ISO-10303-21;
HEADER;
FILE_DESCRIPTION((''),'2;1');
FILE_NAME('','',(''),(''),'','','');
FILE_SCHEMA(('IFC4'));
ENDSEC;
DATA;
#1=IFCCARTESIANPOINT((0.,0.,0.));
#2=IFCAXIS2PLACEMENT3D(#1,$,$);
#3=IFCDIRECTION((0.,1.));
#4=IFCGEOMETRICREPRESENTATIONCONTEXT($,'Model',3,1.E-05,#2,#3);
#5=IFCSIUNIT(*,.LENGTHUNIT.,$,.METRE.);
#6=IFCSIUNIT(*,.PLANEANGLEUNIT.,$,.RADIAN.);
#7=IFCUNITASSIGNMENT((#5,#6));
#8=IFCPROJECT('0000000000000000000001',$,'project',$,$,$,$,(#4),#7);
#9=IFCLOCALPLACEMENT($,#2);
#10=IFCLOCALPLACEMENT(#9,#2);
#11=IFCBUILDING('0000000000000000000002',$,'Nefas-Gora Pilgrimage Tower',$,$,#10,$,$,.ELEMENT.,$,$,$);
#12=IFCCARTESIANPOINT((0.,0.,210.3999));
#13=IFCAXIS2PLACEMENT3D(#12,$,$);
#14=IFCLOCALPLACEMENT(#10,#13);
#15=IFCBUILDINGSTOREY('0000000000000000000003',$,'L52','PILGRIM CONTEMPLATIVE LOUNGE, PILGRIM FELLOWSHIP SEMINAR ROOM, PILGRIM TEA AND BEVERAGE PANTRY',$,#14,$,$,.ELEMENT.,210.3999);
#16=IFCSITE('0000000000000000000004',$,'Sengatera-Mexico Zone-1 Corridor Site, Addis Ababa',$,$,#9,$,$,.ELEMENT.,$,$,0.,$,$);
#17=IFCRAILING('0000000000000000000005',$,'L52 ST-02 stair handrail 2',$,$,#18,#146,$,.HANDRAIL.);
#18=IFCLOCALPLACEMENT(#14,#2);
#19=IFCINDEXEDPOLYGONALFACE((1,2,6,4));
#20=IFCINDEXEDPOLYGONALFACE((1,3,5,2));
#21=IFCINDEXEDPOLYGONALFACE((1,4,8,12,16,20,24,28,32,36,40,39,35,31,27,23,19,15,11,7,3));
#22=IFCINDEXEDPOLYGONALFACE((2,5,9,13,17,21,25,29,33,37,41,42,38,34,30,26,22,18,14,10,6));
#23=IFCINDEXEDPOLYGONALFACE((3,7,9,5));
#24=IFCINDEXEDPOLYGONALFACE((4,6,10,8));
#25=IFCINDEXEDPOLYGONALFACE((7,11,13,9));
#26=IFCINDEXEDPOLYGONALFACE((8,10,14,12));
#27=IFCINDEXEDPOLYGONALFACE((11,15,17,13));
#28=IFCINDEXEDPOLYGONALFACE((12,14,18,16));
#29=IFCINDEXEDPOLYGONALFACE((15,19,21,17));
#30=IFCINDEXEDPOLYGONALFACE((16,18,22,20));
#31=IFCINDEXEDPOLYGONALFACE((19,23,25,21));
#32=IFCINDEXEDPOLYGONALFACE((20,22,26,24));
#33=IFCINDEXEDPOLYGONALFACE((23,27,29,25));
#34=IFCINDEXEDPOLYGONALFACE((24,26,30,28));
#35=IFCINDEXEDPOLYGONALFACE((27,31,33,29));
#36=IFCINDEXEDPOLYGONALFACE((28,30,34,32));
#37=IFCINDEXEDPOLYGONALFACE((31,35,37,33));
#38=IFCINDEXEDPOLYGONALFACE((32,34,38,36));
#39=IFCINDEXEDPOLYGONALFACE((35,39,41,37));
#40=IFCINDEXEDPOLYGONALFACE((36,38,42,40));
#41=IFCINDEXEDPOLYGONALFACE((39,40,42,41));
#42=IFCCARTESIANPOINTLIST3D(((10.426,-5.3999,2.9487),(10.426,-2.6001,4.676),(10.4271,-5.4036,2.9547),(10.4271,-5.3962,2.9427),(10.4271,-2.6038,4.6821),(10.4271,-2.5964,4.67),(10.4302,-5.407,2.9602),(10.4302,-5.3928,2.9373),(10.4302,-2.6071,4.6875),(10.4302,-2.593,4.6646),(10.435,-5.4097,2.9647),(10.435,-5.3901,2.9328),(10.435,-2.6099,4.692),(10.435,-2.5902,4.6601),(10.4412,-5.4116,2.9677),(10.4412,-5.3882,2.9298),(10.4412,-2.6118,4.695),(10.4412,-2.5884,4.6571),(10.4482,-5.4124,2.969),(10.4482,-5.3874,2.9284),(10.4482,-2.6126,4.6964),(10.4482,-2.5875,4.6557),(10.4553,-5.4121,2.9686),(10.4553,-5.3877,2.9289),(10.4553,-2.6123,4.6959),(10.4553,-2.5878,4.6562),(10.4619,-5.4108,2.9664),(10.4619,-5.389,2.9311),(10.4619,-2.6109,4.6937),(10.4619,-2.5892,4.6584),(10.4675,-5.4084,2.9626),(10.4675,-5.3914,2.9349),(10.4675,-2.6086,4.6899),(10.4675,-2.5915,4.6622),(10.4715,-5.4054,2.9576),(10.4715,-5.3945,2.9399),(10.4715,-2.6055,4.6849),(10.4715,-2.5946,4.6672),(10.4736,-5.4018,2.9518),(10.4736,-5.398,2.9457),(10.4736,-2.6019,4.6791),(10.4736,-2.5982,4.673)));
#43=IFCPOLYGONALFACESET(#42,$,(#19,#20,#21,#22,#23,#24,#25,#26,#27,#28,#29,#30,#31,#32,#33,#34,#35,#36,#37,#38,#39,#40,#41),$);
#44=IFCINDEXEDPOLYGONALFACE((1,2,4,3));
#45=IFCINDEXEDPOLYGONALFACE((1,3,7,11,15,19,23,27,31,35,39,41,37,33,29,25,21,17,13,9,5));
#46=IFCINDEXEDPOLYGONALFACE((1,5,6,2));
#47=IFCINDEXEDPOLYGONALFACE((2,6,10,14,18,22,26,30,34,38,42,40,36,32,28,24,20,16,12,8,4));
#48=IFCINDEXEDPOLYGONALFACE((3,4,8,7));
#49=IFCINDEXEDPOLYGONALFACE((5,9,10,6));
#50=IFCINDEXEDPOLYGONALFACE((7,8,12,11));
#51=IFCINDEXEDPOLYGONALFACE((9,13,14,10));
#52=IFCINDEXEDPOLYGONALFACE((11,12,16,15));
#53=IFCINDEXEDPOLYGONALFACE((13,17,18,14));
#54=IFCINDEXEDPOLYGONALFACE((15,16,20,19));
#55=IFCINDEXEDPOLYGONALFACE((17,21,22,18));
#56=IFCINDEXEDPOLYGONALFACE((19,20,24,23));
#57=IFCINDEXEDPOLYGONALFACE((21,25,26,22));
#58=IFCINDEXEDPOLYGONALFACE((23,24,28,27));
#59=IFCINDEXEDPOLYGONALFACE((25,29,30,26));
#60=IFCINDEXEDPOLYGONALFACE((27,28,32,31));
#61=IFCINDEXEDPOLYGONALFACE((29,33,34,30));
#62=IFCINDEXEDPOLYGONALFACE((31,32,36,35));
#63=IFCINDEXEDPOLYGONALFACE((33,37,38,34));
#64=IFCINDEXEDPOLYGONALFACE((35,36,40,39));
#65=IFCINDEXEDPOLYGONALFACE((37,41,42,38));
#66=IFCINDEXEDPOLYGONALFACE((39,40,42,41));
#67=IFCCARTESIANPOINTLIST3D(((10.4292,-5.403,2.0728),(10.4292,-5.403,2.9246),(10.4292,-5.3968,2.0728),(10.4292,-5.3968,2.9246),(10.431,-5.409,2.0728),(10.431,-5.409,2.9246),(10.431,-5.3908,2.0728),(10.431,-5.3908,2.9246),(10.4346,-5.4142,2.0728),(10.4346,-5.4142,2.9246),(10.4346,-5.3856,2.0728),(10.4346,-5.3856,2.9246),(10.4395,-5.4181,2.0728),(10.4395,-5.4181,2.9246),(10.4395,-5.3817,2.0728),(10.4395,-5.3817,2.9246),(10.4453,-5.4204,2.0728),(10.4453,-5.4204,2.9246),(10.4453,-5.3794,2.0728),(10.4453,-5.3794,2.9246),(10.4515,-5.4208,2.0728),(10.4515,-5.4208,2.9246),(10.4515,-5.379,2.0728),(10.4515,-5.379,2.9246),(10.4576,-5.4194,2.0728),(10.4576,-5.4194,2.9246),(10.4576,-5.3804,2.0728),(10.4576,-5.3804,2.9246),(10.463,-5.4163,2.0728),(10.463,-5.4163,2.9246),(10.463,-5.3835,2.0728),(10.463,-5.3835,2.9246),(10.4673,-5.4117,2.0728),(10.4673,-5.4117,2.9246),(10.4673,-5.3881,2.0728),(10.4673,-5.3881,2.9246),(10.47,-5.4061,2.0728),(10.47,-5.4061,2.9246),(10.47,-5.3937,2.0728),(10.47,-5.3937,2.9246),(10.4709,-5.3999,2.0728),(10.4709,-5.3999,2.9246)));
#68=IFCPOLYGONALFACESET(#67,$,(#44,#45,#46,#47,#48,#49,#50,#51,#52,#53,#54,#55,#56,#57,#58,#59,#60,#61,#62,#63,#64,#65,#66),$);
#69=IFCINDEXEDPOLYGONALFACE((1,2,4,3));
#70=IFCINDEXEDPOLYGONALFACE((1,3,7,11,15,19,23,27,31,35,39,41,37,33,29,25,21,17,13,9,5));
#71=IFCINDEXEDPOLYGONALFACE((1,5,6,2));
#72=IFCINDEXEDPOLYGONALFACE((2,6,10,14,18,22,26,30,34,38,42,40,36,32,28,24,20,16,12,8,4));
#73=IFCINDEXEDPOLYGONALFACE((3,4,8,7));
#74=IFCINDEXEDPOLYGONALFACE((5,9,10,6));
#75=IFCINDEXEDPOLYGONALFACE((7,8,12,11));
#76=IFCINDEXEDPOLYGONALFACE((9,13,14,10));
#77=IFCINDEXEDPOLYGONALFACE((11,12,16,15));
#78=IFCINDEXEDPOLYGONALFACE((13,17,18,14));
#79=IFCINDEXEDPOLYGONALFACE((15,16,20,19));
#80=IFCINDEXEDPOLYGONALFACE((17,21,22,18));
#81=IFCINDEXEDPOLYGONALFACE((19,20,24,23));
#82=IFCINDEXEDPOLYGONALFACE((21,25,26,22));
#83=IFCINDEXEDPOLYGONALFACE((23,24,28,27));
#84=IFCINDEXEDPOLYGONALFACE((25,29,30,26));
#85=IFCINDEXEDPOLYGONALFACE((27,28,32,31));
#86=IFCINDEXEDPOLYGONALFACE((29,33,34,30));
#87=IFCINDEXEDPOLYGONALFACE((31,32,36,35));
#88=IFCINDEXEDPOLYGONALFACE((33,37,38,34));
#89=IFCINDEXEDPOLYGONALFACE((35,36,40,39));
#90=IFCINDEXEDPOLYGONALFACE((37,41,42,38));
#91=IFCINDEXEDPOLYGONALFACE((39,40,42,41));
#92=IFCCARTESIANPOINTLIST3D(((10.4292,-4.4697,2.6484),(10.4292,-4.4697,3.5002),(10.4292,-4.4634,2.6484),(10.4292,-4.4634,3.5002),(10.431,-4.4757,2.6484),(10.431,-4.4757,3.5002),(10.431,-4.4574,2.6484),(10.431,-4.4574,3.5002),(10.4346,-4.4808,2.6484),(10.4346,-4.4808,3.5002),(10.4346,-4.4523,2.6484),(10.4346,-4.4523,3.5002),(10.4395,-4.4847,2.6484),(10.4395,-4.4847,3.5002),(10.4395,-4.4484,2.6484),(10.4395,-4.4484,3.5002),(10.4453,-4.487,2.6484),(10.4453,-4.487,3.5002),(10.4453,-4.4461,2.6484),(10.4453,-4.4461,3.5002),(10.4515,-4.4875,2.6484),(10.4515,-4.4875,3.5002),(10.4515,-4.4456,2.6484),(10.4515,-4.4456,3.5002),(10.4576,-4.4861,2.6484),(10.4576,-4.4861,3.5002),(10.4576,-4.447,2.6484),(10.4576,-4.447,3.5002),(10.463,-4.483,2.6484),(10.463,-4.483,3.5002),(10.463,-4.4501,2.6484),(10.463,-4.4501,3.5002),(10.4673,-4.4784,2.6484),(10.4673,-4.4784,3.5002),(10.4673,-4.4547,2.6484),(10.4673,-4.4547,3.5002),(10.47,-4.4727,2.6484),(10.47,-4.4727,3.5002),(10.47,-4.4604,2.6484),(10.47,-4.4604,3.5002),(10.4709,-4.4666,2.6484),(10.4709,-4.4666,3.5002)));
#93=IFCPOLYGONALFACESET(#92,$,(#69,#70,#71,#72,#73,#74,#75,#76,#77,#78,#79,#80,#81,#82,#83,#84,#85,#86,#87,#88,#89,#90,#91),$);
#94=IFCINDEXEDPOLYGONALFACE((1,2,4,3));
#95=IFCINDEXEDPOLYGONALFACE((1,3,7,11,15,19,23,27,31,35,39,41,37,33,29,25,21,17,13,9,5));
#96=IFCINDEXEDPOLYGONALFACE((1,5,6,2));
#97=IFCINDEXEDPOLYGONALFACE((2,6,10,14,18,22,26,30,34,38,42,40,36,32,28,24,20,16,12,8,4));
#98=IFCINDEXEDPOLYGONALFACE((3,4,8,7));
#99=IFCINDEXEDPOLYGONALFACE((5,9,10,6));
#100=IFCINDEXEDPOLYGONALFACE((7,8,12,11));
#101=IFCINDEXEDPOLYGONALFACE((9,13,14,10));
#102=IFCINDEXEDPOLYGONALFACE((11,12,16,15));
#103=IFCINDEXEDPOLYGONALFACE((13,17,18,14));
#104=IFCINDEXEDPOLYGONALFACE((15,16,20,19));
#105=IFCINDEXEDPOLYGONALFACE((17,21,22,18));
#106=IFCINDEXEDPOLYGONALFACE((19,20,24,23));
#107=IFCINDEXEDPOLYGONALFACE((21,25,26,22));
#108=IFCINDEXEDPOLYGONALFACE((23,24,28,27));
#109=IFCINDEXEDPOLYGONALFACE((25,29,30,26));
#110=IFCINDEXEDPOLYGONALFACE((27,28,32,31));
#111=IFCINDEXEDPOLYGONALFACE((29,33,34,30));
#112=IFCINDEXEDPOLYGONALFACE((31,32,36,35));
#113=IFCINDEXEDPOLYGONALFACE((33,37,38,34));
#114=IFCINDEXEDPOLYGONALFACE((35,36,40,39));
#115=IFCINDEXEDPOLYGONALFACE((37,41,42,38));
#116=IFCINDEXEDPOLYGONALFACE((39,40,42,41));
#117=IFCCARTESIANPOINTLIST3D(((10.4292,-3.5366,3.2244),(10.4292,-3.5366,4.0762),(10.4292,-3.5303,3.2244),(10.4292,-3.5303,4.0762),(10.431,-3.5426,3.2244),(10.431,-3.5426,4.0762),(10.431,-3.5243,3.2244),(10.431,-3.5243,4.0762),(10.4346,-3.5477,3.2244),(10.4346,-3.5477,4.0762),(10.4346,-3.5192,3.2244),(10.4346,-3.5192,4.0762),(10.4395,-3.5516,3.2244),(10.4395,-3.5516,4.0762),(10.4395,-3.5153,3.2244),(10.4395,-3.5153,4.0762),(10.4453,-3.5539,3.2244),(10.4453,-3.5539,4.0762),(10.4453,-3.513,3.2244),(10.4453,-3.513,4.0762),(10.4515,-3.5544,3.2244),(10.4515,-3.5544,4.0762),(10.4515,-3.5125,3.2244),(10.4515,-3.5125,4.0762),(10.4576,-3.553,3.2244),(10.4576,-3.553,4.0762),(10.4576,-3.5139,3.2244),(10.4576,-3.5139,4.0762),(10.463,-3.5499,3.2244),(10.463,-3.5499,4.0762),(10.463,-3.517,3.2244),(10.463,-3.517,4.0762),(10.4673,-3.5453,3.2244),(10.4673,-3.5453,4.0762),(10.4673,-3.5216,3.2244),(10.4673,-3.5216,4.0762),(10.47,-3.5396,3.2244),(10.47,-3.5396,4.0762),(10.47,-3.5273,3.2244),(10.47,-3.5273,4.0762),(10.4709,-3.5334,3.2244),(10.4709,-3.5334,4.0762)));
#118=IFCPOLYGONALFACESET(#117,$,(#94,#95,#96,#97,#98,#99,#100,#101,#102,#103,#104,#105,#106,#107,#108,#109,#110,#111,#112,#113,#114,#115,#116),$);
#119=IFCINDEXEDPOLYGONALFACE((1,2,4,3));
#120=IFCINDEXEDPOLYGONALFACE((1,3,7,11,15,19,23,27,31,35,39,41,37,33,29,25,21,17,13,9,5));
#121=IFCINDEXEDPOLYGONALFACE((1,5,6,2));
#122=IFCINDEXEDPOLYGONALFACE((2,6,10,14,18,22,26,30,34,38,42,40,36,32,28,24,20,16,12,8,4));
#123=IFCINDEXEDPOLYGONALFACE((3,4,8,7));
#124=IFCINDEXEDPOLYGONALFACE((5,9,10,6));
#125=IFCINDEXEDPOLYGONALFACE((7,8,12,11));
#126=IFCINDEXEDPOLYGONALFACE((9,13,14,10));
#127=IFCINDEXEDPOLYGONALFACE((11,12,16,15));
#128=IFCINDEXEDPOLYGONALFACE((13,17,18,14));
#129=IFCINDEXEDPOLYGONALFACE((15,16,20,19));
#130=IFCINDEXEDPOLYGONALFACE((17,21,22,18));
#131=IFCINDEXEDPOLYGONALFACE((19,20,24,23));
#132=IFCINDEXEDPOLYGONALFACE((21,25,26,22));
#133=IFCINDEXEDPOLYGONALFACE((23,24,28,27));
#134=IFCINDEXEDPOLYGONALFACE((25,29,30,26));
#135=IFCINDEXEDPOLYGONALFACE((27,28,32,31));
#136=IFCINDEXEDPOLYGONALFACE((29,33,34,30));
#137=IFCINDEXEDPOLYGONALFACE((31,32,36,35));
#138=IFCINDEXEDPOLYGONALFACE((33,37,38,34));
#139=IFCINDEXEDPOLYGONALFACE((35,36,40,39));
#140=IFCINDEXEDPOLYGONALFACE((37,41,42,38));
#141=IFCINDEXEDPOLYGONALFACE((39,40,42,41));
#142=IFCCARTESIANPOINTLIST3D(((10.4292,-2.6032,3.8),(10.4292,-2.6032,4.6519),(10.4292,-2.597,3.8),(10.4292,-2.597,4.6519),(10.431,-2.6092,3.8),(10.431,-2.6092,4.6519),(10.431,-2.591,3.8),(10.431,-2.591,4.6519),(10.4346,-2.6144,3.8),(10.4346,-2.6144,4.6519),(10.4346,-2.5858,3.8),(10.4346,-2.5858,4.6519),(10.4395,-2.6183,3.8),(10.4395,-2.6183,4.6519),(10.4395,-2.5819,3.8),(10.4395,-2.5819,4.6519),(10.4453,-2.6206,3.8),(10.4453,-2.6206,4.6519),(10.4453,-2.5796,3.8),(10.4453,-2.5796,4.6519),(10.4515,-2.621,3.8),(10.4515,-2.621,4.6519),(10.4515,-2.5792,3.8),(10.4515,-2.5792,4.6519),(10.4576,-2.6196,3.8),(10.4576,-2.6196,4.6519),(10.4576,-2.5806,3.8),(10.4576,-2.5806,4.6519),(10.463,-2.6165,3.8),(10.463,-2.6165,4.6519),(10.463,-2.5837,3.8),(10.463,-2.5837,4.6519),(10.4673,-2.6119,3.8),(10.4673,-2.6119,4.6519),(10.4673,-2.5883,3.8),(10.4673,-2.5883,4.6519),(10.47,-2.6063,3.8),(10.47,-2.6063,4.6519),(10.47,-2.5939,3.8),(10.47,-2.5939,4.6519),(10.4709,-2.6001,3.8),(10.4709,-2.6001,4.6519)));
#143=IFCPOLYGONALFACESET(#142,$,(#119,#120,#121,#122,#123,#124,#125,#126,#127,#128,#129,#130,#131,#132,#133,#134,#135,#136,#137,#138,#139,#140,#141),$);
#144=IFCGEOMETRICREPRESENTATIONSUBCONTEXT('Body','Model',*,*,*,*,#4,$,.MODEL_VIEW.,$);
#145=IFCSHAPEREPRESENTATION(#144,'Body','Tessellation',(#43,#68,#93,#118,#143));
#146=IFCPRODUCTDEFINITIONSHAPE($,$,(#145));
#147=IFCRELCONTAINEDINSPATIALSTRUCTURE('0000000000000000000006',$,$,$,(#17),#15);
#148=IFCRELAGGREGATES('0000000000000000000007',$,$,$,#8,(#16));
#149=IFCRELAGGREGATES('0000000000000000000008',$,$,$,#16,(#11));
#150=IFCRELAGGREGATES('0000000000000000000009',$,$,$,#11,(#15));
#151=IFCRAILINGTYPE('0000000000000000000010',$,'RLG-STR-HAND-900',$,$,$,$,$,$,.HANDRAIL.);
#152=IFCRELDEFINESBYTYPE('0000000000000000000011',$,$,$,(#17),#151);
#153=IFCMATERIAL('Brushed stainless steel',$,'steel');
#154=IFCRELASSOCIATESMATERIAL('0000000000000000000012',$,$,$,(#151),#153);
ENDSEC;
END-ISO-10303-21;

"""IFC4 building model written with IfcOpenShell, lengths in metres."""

from ifc_helpers import new_model, si_unit, direction, frame, origin, origin_2d, place, context, subcontext, project, spatial, circle, extrude, material, type_object, element, save


model = new_model("IFC4")

# Units and contexts
model_context = context("Model", 3, precision=1e-05, world=origin(), true_north=direction((0.0, 1.0)))
body_context = subcontext(model_context, "Body", "Model", "MODEL_VIEW")
ifc_project = project(units=[si_unit("LENGTHUNIT", "METRE"), si_unit("PLANEANGLEUNIT", "RADIAN")], contexts=[model_context])

# Site, building, storey
site_placement = place(None, origin())
site = spatial("IfcSite", under=ifc_project, at=site_placement, Name="Sengatera-Mexico Zone-1 Corridor Site, Addis Ababa", CompositionType="ELEMENT", RefElevation=0.0)
building_placement = place(site_placement, origin())
building = spatial("IfcBuilding", under=site, at=building_placement, Name="Nefas-Gora Pilgrimage Tower", CompositionType="ELEMENT")
storey_placement = place(building_placement, frame((0.0, 0.0, 210.3999)))
storey = spatial("IfcBuildingStorey", under=building, at=storey_placement, Name="L52", Description="PILGRIM CONTEMPLATIVE LOUNGE, PILGRIM FELLOWSHIP SEMINAR ROOM, PILGRIM TEA AND BEVERAGE PANTRY", CompositionType="ELEMENT", Elevation=210.3999)

# Railing
ifc_material_1 = material(Name="Brushed stainless steel", Category="steel")
railing_type_1 = type_object("IfcRailingType", Name="RLG-STR-HAND-900", PredefinedType="HANDRAIL", material=ifc_material_1)
railing_1_placement = place(storey_placement, frame((10.45, -5.3999, 2.0728)))
element("IfcRailing", 1, at=railing_1_placement, inside=storey, type_object=railing_type_1, Name="L52 ST-02 stair handrail 2", PredefinedType="HANDRAIL", context=body_context, shape_type="SweptSolid", body=[
    extrude(circle(Radius=0.0239, at=origin_2d()), frame((0.0, 0.0, 0.876), z_axis=(0.0, 0.851069, 0.525054), x_axis=(-1.0, 0.0, 0.0)), (0.0, 0.0, 1.0), 3.2898),
    extrude(circle(Radius=0.021, at=origin_2d()), origin(), (0.0, 0.0, 1.0), 0.8518),
    extrude(circle(Radius=0.021, at=origin_2d()), frame((0.0, 0.9333, 0.5757)), (0.0, 0.0, 1.0), 0.8518),
    extrude(circle(Radius=0.021, at=origin_2d()), frame((0.0, 1.8665, 1.1516)), (0.0, 0.0, 1.0), 0.8518),
    extrude(circle(Radius=0.021, at=origin_2d()), frame((0.0, 2.7998, 1.7273)), (0.0, 0.0, 1.0), 0.8518),
])

save(model, "model.ifc")
